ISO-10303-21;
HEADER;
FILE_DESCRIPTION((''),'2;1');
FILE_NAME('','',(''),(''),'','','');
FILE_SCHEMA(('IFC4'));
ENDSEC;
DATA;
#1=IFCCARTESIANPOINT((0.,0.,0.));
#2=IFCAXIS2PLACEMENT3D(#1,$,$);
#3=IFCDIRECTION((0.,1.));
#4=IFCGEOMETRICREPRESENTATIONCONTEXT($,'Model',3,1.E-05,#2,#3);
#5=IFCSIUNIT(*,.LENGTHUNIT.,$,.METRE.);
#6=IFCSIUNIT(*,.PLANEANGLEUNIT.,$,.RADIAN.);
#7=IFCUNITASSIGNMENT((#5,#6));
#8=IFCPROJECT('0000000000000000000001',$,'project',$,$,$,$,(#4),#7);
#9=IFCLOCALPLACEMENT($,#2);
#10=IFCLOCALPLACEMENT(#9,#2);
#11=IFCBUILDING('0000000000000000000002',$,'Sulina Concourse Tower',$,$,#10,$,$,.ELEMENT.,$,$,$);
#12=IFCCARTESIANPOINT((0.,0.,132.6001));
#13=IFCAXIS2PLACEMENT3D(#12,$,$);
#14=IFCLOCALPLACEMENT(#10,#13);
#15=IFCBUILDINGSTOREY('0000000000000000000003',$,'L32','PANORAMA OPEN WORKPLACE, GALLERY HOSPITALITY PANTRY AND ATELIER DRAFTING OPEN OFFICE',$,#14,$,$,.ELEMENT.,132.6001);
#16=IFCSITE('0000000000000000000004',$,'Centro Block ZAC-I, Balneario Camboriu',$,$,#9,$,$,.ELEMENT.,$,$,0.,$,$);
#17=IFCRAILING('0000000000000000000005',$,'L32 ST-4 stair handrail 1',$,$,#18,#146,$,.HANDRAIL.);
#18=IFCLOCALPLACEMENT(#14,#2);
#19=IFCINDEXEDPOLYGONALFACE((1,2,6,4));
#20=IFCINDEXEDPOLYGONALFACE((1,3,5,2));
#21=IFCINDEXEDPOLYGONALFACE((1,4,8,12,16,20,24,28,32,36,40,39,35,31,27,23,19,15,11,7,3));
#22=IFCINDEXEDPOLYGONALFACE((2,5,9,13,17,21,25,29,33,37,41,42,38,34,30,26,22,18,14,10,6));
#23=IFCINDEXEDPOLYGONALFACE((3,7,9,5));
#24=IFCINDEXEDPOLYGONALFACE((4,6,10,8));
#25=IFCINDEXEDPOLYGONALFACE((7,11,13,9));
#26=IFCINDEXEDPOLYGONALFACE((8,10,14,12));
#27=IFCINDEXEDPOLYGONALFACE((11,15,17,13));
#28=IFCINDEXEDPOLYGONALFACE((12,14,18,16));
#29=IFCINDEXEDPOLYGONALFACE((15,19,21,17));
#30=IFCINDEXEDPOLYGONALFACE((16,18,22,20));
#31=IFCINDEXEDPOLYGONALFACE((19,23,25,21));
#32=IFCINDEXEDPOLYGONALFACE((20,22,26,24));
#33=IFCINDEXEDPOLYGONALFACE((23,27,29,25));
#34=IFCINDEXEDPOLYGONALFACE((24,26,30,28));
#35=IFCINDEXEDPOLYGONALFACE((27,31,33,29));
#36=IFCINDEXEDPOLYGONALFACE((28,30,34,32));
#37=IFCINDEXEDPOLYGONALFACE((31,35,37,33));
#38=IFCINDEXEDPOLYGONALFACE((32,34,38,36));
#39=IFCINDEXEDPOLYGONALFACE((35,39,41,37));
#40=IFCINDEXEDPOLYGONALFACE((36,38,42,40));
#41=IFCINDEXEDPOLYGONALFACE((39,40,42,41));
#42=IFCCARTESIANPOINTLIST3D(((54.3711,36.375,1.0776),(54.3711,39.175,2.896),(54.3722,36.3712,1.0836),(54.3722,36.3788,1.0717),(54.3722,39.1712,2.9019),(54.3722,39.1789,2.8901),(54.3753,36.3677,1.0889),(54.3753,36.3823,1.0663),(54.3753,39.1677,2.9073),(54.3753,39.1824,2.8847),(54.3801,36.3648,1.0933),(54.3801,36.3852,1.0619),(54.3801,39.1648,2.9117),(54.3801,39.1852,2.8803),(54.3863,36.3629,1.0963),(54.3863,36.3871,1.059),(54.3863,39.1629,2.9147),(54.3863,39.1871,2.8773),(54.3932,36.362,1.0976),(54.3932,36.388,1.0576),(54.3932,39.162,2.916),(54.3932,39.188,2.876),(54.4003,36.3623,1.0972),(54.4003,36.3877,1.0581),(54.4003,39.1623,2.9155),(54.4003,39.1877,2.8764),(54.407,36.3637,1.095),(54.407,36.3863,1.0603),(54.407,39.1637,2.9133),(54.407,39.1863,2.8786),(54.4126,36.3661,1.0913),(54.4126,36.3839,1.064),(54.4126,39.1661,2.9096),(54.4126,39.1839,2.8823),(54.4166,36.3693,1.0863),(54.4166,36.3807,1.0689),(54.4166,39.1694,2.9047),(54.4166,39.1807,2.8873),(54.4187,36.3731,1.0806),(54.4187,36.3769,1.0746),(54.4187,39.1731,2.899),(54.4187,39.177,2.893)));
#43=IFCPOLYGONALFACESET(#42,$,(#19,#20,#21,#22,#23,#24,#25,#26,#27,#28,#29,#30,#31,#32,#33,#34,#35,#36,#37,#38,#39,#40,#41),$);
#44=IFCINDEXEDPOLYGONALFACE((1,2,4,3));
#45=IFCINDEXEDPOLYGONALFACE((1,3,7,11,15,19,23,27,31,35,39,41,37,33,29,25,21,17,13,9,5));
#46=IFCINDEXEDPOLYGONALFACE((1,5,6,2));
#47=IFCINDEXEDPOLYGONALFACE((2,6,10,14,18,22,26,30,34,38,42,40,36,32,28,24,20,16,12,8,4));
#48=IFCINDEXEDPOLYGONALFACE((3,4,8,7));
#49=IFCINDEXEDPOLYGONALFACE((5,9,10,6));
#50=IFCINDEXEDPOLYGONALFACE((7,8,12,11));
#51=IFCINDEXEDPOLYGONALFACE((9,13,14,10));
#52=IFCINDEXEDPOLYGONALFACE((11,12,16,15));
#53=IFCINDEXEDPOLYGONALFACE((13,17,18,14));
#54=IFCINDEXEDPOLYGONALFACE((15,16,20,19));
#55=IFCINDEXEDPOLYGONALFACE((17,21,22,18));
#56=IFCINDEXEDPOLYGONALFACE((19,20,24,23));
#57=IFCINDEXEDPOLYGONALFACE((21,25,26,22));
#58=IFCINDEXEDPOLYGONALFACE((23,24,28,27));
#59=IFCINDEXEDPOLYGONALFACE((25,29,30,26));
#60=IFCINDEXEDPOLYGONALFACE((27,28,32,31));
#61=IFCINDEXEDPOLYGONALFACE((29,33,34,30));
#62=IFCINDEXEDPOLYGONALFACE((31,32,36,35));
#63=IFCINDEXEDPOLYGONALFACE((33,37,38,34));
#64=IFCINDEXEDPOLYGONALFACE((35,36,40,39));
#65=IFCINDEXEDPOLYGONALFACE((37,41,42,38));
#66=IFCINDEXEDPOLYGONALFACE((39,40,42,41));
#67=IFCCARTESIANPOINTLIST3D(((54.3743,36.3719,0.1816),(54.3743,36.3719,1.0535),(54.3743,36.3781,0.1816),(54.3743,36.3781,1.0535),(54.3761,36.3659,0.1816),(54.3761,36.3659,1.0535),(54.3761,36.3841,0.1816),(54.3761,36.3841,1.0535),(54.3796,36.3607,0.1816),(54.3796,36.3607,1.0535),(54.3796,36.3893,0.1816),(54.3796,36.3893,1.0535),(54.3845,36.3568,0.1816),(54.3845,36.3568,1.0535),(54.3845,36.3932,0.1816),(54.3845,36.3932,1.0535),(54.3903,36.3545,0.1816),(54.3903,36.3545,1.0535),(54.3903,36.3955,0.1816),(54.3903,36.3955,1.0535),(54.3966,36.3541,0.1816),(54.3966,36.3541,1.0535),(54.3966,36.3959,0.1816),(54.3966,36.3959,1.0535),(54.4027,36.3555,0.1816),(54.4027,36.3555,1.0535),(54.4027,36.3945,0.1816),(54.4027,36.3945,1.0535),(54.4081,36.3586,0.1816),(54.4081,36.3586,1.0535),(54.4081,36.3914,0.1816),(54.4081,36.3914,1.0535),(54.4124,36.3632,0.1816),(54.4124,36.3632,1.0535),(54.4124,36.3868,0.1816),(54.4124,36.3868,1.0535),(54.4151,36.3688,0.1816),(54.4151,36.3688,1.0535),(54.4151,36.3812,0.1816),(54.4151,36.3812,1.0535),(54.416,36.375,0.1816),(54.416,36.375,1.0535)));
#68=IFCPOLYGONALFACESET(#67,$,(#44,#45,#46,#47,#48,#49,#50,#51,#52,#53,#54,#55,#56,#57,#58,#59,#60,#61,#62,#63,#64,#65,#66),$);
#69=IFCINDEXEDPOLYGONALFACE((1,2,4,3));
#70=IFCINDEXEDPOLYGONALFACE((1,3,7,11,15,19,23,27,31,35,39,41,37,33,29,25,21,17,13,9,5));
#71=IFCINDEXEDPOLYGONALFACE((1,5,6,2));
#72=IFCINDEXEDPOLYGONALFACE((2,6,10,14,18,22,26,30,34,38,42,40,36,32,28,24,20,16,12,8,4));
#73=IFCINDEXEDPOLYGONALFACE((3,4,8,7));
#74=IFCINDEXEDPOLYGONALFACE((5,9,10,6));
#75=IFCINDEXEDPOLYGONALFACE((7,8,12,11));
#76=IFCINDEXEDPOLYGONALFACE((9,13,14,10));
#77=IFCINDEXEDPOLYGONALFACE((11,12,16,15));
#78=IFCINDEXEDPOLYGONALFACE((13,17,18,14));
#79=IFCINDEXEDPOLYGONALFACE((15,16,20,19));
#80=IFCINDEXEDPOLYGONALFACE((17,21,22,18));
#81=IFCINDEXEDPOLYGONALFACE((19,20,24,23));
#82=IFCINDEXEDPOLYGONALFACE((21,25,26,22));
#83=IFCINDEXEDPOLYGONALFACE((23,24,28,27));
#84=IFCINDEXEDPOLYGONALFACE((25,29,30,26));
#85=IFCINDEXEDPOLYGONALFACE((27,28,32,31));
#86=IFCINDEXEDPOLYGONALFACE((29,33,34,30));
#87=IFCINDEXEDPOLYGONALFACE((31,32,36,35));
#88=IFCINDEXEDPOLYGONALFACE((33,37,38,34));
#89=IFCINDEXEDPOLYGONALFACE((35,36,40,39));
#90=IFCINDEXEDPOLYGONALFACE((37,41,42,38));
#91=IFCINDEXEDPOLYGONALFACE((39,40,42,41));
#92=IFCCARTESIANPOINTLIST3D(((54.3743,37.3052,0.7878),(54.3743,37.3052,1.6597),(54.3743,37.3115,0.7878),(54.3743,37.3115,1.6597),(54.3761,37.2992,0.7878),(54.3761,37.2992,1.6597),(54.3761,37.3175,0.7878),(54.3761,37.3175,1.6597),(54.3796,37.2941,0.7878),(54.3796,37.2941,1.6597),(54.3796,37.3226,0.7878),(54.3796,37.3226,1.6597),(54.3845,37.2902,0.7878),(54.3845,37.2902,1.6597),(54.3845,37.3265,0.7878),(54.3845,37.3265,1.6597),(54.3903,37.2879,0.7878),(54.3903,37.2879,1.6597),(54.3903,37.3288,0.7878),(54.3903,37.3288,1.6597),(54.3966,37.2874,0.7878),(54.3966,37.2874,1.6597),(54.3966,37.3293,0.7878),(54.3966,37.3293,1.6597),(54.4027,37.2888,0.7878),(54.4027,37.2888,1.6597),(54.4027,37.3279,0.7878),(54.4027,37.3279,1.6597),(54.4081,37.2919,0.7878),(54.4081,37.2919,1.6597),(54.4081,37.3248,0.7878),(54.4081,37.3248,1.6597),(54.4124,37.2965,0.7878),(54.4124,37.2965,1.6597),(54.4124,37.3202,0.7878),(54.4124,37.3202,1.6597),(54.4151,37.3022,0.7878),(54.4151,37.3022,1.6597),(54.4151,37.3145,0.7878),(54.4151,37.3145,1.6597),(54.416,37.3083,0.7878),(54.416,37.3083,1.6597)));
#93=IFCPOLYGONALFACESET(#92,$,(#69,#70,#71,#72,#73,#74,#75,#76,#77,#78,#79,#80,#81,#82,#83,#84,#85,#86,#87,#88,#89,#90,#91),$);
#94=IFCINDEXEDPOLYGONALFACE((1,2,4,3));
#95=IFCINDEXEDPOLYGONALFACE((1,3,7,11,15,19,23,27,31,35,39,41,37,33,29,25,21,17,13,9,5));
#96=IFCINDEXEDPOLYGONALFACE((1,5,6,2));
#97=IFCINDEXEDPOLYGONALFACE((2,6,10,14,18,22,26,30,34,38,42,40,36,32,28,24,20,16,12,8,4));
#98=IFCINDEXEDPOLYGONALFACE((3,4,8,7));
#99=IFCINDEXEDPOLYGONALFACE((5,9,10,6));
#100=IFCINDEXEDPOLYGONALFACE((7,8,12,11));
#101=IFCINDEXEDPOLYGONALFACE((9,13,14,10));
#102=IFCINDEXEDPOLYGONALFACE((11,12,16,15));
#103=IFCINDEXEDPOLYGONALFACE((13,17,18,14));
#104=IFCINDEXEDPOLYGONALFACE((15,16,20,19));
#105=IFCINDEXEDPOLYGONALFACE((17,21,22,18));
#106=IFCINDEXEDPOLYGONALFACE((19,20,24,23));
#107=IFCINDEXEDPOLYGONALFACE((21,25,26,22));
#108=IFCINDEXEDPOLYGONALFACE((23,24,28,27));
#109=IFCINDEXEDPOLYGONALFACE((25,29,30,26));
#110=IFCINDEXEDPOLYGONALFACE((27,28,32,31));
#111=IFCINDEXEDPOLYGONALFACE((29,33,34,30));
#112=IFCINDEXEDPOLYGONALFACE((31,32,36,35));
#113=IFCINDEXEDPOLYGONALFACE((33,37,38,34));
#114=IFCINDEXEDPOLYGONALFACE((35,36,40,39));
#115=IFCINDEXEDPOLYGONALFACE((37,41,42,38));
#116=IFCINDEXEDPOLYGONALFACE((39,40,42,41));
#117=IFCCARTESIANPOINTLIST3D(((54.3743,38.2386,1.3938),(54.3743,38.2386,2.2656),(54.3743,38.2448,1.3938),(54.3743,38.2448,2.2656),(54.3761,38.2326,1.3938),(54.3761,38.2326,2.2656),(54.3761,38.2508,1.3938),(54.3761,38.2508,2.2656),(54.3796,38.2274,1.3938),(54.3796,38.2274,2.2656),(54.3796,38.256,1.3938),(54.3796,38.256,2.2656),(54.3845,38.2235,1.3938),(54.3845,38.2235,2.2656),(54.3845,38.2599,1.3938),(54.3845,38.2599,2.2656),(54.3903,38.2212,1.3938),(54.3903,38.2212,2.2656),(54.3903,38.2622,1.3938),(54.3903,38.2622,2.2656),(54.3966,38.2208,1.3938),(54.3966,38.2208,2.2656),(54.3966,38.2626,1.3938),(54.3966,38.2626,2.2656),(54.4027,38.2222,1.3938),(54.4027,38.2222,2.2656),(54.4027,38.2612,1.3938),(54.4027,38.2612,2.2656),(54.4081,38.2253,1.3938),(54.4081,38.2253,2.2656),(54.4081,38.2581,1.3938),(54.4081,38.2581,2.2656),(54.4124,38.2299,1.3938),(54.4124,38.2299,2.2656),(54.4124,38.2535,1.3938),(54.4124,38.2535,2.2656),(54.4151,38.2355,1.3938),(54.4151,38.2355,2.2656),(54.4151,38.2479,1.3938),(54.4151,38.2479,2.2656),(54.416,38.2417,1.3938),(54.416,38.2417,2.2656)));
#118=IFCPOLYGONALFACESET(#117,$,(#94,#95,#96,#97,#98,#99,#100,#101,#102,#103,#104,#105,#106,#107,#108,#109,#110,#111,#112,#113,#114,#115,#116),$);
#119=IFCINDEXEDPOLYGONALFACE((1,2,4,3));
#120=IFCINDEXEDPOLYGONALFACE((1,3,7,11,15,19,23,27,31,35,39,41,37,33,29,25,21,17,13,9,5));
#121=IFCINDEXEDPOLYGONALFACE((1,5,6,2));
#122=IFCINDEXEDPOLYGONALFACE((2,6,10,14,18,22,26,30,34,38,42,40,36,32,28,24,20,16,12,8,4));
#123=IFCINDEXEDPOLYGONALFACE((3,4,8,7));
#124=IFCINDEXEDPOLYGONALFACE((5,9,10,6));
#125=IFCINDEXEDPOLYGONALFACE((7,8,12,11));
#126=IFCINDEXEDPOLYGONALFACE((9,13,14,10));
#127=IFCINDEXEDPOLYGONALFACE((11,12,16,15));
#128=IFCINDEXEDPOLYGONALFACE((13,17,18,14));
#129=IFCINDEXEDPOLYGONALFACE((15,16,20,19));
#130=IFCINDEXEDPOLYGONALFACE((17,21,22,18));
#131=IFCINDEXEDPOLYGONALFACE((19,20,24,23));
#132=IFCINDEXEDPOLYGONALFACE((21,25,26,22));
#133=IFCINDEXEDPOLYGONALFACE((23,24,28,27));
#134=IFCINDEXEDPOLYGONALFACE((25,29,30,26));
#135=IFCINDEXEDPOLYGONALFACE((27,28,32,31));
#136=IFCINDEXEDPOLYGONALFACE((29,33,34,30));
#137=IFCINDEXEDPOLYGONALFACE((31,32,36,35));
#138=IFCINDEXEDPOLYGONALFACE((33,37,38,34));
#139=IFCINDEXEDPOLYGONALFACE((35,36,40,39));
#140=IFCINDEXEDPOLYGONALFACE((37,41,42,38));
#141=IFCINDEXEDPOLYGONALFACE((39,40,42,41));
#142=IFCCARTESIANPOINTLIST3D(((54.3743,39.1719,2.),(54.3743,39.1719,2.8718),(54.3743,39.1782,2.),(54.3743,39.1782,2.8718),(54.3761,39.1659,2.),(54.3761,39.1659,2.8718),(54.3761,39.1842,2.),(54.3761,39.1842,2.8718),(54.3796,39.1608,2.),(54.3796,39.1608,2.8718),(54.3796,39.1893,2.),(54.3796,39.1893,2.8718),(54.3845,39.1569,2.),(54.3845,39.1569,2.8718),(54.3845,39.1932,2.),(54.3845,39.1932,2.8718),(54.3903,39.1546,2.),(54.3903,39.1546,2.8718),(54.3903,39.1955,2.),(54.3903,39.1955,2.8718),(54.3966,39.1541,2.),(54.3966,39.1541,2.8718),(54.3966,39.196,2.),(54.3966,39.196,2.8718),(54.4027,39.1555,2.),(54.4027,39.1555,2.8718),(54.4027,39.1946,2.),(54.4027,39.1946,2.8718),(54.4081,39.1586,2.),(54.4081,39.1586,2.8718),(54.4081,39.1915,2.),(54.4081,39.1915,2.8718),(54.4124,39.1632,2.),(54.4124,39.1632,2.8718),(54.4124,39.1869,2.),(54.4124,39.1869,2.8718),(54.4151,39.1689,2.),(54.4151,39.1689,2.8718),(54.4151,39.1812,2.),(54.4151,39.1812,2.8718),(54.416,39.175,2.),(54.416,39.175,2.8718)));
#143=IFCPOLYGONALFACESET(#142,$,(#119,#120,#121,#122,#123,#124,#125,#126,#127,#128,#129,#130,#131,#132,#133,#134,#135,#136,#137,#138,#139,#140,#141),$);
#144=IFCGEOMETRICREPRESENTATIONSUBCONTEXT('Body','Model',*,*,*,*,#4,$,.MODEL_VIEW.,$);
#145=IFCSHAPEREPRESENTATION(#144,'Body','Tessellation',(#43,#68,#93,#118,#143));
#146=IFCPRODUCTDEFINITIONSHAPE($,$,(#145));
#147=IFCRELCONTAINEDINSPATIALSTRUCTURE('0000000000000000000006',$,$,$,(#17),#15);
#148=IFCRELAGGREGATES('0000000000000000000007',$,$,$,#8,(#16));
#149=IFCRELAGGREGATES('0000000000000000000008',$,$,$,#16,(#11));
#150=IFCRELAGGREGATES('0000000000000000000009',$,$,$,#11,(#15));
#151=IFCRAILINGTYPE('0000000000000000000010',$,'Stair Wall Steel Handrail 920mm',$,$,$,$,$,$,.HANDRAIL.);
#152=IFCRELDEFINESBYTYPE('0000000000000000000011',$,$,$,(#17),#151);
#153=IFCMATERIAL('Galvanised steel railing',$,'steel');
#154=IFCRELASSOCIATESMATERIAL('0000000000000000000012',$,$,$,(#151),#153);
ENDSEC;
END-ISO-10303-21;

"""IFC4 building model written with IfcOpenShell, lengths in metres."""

from ifc_helpers import new_model, si_unit, direction, frame, origin, origin_2d, place, context, subcontext, project, spatial, circle, extrude, material, type_object, element, save


model = new_model("IFC4")

# Units and contexts
model_context = context("Model", 3, precision=1e-05, world=origin(), true_north=direction((0.0, 1.0)))
body_context = subcontext(model_context, "Body", "Model", "MODEL_VIEW")
ifc_project = project(units=[si_unit("LENGTHUNIT", "METRE"), si_unit("PLANEANGLEUNIT", "RADIAN")], contexts=[model_context])

# Site, building, storey
site_placement = place(None, origin())
site = spatial("IfcSite", under=ifc_project, at=site_placement, Name="Centro Block ZAC-I, Balneario Camboriu", CompositionType="ELEMENT", RefElevation=0.0)
building_placement = place(site_placement, origin())
building = spatial("IfcBuilding", under=site, at=building_placement, Name="Sulina Concourse Tower", CompositionType="ELEMENT")
storey_placement = place(building_placement, frame((0.0, 0.0, 132.6001)))
storey = spatial("IfcBuildingStorey", under=building, at=storey_placement, Name="L32", Description="PANORAMA OPEN WORKPLACE, GALLERY HOSPITALITY PANTRY AND ATELIER DRAFTING OPEN OFFICE", CompositionType="ELEMENT", Elevation=132.6001)

# Railing
ifc_material_1 = material(Name="Galvanised steel railing", Category="steel")
railing_type_1 = type_object("IfcRailingType", Name="Stair Wall Steel Handrail 920mm", PredefinedType="HANDRAIL", material=ifc_material_1)
for number, where, name in (
    (1, (54.395, 36.375, 0.1816), "L32 ST-4 stair handrail 1"),
):
    element("IfcRailing", number, at=place(storey_placement, frame(where)), inside=storey, type_object=railing_type_1, Name=name, PredefinedType="HANDRAIL", context=body_context, shape_type="SweptSolid", body=[
        extrude(circle(Radius=0.0239, at=origin_2d()), frame((0.0, 0.0, 0.896), z_axis=(0.0, 0.838672, 0.544636), x_axis=(-1.0, 0.0, 0.0)), (0.0, 0.0, 1.0), 3.3386),
        extrude(circle(Radius=0.021, at=origin_2d()), origin(), (0.0, 0.0, 1.0), 0.8718),
        extrude(circle(Radius=0.021, at=origin_2d()), frame((0.0, 0.9333, 0.6062)), (0.0, 0.0, 1.0), 0.8718),
        extrude(circle(Radius=0.021, at=origin_2d()), frame((0.0, 1.8667, 1.2122)), (0.0, 0.0, 1.0), 0.8718),
        extrude(circle(Radius=0.021, at=origin_2d()), frame((0.0, 2.8, 1.8184)), (0.0, 0.0, 1.0), 0.8718),
    ])

save(model, "model.ifc")
